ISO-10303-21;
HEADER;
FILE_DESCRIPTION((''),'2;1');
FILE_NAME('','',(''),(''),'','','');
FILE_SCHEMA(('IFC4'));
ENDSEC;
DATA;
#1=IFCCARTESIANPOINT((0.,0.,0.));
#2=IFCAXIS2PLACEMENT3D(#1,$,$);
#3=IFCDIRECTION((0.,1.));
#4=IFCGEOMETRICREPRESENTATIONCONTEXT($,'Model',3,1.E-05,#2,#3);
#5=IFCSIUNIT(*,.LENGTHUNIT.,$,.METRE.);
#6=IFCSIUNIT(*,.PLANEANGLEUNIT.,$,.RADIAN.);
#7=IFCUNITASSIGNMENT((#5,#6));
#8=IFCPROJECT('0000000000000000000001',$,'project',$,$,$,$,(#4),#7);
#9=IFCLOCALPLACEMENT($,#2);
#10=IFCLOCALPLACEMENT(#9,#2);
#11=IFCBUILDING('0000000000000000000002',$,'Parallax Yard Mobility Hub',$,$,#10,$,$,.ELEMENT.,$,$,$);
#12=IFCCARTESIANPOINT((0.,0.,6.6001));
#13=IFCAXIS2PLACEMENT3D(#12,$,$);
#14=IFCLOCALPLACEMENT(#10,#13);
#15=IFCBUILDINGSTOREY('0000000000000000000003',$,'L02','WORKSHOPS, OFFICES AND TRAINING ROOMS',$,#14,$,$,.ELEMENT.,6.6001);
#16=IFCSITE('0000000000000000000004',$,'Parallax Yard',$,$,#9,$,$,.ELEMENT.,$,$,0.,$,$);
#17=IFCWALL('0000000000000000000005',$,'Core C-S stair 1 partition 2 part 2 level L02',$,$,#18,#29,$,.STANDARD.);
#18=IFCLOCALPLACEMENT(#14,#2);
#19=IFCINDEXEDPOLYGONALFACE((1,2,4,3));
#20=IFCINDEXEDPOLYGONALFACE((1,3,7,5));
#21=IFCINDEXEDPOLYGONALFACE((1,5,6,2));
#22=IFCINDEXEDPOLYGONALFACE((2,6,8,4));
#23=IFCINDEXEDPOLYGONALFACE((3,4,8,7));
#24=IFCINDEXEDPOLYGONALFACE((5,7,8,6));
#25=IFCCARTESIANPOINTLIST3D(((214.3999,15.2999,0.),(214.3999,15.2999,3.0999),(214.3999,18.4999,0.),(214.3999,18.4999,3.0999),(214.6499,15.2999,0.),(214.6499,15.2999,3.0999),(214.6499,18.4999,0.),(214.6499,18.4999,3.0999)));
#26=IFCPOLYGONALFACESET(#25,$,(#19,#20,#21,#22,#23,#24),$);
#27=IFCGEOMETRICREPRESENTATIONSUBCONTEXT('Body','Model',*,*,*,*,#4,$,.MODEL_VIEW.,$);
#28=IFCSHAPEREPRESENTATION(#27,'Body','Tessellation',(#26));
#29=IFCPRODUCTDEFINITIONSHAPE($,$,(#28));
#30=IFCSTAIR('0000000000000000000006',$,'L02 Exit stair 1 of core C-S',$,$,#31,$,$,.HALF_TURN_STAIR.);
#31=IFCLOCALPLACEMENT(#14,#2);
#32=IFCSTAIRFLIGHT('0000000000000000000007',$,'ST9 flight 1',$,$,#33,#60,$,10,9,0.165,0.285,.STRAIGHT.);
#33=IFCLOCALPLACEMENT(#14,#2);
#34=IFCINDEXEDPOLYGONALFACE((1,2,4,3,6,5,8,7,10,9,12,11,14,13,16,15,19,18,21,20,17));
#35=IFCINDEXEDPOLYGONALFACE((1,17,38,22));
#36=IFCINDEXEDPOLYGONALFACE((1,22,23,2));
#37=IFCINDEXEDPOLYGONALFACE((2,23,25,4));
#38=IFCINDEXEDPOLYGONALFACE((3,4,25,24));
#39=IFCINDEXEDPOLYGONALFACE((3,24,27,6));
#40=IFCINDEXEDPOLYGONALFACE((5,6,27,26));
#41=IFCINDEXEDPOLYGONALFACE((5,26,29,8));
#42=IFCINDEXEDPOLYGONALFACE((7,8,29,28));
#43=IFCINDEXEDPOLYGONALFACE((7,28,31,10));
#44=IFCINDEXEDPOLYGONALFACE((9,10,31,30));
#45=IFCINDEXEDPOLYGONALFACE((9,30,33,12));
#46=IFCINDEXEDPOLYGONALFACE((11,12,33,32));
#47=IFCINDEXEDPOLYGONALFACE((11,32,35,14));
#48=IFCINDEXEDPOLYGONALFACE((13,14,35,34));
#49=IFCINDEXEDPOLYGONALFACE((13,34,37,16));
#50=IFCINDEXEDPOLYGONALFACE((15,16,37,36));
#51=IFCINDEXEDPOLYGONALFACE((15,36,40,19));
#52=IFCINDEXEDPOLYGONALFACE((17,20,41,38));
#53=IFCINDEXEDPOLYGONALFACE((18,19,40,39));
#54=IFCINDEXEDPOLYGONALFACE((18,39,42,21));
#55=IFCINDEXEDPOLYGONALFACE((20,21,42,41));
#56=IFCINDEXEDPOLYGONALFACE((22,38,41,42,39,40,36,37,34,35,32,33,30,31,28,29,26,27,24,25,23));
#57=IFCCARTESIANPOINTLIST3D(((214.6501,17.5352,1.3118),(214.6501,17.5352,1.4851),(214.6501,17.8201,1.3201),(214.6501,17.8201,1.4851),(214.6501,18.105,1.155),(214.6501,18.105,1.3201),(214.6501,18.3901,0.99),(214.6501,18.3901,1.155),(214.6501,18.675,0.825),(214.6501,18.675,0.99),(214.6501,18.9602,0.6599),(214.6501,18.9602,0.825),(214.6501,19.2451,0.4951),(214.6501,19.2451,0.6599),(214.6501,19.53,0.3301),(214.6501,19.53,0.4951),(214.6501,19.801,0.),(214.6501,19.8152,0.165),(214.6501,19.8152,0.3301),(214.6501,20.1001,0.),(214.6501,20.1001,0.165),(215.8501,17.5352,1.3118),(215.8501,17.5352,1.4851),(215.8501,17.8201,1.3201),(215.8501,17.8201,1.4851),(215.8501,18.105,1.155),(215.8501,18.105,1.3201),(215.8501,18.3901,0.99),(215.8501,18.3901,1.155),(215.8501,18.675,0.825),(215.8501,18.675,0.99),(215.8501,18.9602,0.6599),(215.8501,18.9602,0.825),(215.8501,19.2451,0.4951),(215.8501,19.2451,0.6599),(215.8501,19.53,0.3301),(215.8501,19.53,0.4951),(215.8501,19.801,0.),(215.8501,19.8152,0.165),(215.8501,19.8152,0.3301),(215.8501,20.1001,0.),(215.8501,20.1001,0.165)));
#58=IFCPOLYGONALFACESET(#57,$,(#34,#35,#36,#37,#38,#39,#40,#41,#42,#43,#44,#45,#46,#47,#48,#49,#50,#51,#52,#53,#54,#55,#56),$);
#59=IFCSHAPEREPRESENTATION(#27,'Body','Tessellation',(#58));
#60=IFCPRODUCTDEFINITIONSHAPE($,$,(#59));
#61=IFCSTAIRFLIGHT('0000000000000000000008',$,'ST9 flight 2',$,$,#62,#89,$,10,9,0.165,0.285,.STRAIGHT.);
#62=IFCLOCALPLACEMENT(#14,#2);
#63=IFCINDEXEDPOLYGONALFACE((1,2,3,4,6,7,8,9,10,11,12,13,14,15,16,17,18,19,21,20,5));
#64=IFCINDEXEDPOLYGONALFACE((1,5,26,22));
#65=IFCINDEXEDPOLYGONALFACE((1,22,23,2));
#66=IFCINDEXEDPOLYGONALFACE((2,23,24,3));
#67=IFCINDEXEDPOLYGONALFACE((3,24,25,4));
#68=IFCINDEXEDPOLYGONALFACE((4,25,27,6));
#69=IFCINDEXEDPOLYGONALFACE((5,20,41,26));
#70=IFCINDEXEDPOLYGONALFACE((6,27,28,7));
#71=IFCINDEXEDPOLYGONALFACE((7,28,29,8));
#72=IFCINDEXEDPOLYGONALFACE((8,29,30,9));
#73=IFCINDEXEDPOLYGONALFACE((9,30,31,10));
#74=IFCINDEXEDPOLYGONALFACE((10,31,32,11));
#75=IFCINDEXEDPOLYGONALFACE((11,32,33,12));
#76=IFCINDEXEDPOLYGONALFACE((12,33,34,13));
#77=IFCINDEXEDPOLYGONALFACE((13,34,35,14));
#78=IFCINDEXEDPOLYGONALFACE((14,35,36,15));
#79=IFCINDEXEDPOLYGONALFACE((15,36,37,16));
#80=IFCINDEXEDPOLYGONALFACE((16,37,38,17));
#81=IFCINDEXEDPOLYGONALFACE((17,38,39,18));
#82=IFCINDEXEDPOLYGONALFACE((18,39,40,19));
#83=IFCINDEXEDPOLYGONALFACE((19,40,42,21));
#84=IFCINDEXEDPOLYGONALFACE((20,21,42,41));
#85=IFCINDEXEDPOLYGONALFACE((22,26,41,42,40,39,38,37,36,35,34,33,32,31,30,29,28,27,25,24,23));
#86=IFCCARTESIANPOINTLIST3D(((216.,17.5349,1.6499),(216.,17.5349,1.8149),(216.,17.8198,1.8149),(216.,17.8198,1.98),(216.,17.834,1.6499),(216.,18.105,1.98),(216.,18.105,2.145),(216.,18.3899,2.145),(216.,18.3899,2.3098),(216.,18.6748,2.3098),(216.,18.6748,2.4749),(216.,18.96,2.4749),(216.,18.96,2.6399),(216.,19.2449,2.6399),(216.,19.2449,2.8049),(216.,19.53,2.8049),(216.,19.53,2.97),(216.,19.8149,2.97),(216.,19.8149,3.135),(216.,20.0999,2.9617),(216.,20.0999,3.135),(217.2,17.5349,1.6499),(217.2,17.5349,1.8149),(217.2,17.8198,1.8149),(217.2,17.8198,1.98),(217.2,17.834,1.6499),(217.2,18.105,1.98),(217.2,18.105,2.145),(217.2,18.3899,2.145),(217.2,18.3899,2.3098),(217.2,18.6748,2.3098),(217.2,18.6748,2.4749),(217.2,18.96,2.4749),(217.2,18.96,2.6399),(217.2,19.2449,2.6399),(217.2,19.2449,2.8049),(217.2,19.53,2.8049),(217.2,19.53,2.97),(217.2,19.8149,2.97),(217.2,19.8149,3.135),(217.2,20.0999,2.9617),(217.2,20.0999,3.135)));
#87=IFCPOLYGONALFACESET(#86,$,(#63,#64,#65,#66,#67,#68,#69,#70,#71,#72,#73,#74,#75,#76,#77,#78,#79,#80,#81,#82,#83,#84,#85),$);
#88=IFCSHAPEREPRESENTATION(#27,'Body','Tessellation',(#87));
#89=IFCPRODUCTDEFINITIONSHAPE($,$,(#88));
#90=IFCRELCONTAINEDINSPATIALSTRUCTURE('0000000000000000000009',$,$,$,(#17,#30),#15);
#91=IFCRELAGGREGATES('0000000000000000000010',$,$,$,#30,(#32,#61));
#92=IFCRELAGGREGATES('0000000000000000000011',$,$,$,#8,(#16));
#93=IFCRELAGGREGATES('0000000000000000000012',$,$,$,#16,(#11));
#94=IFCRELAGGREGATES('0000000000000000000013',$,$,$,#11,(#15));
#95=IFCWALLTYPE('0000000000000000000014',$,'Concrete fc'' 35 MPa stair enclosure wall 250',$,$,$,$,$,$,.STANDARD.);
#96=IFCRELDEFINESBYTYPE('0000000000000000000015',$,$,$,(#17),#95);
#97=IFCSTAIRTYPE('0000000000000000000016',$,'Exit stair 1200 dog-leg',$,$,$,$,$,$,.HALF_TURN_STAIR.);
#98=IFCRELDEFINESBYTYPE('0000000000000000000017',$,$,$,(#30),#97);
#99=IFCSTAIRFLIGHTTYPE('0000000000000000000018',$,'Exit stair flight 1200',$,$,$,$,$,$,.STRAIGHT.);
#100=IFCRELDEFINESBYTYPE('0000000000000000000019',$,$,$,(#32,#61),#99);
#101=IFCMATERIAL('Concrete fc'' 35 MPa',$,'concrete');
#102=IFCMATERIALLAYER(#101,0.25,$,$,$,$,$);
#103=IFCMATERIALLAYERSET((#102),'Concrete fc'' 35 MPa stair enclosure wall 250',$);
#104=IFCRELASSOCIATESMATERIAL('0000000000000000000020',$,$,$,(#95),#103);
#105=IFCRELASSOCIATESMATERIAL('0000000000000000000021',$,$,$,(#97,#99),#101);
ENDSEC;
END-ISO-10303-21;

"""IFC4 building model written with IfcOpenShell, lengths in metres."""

from ifc_helpers import new_model, si_unit, direction, frame, frame_2d, origin, place, context, subcontext, project, spatial, polyline, rectangle, outline, extrude, material, layer, layer_set, type_object, element, aggregate, save


model = new_model("IFC4")

# Units and contexts
model_context = context("Model", 3, precision=1e-05, world=origin(), true_north=direction((0.0, 1.0)))
body_context = subcontext(model_context, "Body", "Model", "MODEL_VIEW")
ifc_project = project(units=[si_unit("LENGTHUNIT", "METRE"), si_unit("PLANEANGLEUNIT", "RADIAN")], contexts=[model_context])

# Site, building, storey
site_placement = place(None, origin())
site = spatial("IfcSite", under=ifc_project, at=site_placement, Name="Parallax Yard", CompositionType="ELEMENT", RefElevation=0.0)
building_placement = place(site_placement, origin())
building = spatial("IfcBuilding", under=site, at=building_placement, Name="Parallax Yard Mobility Hub", CompositionType="ELEMENT")
storey_placement = place(building_placement, frame((0.0, 0.0, 6.6001)))
storey = spatial("IfcBuildingStorey", under=building, at=storey_placement, Name="L02", Description="WORKSHOPS, OFFICES AND TRAINING ROOMS", CompositionType="ELEMENT", Elevation=6.6001)

# Shared definitions
ifc_material_1 = material(Name="Concrete fc' 35 MPa", Category="concrete")

# Wall
ifc_layer_1 = layer(ifc_material_1, 0.25)
ifc_layer_set_1 = layer_set([ifc_layer_1], Name="Concrete fc' 35 MPa stair enclosure wall 250")
wall_type_1 = type_object("IfcWallType", Name="Concrete fc' 35 MPa stair enclosure wall 250", PredefinedType="STANDARD", material=ifc_layer_set_1)
wall_1_placement = place(storey_placement, frame((214.5249, 18.5, 0.0), z_axis=(0.0, 0.0, 1.0), x_axis=(0.0, -1.0, 0.0)))
element("IfcWall", 1, at=wall_1_placement, inside=storey, type_object=wall_type_1, Name="Core C-S stair 1 partition 2 part 2 level L02", PredefinedType="STANDARD", context=body_context, shape_type="SweptSolid", body=[
    extrude(rectangle(XDim=3.2, YDim=0.25, at=frame_2d((1.6001, 0.0))), origin(), (0.0, 0.0, 1.0), 3.0999),
])

# Stair, stair flights
stair_type = type_object("IfcStairType", Name="Exit stair 1200 dog-leg", PredefinedType="HALF_TURN_STAIR", material=ifc_material_1)
stair_placement = place(storey_placement, origin())
stair = element("IfcStair", 2, at=stair_placement, inside=storey, type_object=stair_type, Name="L02 Exit stair 1 of core C-S", PredefinedType="HALF_TURN_STAIR")
stair_flight_type = type_object("IfcStairFlightType", Name="Exit stair flight 1200", PredefinedType="STRAIGHT", material=ifc_material_1)
stair_flight_1_placement = place(storey_placement, frame((215.25, 20.1001, 0.0), z_axis=(0.0, 0.0, 1.0), x_axis=(0.0, -1.0, 0.0)))
stair_flight_1 = element("IfcStairFlight", 3, at=stair_flight_1_placement, type_object=stair_flight_type, Name="ST9 flight 1", NumberOfRisers=10, NumberOfTreads=9, PredefinedType="STRAIGHT", RiserHeight=0.165, TreadLength=0.285, context=body_context, shape_type="SweptSolid", body=[
    extrude(outline(polyline([(0.0, 0.0), (0.0, 0.165), (0.2849, 0.165), (0.2849, 0.3301), (0.5701, 0.3301), (0.5701, 0.4951), (0.855, 0.4951), (0.855, 0.6599), (1.1399, 0.6599), (1.1399, 0.825), (1.425, 0.825), (1.425, 0.99), (1.71, 0.99), (1.71, 1.155), (1.9951, 1.155), (1.9951, 1.3201), (2.28, 1.3201), (2.28, 1.4851), (2.5649, 1.4851), (2.5649, 1.6499), (2.5649, 1.3118), (0.2991, 0.0), (0.0, 0.0)])), frame((0.0, 0.6001, 0.0), z_axis=(0.0, -1.0, 0.0), x_axis=(1.0, 0.0, 0.0)), (0.0, 0.0, 1.0), 1.2),
])
stair_flight_2_placement = place(storey_placement, frame((216.6001, 17.5349, 1.6499), z_axis=(0.0, 0.0, 1.0), x_axis=(0.0, 1.0, 0.0)))
stair_flight_2 = element("IfcStairFlight", 4, at=stair_flight_2_placement, type_object=stair_flight_type, Name="ST9 flight 2", NumberOfRisers=10, NumberOfTreads=9, PredefinedType="STRAIGHT", RiserHeight=0.165, TreadLength=0.285, context=body_context, shape_type="SweptSolid", body=[
    extrude(outline(polyline([(0.0, 0.0), (0.0, 0.165), (0.2849, 0.165), (0.2849, 0.3301), (0.5701, 0.3301), (0.5701, 0.4951), (0.855, 0.4951), (0.855, 0.6599), (1.1399, 0.6599), (1.1399, 0.825), (1.425, 0.825), (1.425, 0.99), (1.71, 0.99), (1.71, 1.155), (1.9951, 1.155), (1.9951, 1.3201), (2.28, 1.3201), (2.28, 1.4851), (2.5649, 1.4851), (2.5649, 1.6499), (2.5649, 1.3118), (0.2991, 0.0), (0.0, 0.0)])), frame((0.0, 0.6001, 0.0), z_axis=(0.0, -1.0, 0.0), x_axis=(1.0, 0.0, 0.0)), (0.0, 0.0, 1.0), 1.2),
])
aggregate(stair, [stair_flight_1, stair_flight_2])

save(model, "model.ifc")
